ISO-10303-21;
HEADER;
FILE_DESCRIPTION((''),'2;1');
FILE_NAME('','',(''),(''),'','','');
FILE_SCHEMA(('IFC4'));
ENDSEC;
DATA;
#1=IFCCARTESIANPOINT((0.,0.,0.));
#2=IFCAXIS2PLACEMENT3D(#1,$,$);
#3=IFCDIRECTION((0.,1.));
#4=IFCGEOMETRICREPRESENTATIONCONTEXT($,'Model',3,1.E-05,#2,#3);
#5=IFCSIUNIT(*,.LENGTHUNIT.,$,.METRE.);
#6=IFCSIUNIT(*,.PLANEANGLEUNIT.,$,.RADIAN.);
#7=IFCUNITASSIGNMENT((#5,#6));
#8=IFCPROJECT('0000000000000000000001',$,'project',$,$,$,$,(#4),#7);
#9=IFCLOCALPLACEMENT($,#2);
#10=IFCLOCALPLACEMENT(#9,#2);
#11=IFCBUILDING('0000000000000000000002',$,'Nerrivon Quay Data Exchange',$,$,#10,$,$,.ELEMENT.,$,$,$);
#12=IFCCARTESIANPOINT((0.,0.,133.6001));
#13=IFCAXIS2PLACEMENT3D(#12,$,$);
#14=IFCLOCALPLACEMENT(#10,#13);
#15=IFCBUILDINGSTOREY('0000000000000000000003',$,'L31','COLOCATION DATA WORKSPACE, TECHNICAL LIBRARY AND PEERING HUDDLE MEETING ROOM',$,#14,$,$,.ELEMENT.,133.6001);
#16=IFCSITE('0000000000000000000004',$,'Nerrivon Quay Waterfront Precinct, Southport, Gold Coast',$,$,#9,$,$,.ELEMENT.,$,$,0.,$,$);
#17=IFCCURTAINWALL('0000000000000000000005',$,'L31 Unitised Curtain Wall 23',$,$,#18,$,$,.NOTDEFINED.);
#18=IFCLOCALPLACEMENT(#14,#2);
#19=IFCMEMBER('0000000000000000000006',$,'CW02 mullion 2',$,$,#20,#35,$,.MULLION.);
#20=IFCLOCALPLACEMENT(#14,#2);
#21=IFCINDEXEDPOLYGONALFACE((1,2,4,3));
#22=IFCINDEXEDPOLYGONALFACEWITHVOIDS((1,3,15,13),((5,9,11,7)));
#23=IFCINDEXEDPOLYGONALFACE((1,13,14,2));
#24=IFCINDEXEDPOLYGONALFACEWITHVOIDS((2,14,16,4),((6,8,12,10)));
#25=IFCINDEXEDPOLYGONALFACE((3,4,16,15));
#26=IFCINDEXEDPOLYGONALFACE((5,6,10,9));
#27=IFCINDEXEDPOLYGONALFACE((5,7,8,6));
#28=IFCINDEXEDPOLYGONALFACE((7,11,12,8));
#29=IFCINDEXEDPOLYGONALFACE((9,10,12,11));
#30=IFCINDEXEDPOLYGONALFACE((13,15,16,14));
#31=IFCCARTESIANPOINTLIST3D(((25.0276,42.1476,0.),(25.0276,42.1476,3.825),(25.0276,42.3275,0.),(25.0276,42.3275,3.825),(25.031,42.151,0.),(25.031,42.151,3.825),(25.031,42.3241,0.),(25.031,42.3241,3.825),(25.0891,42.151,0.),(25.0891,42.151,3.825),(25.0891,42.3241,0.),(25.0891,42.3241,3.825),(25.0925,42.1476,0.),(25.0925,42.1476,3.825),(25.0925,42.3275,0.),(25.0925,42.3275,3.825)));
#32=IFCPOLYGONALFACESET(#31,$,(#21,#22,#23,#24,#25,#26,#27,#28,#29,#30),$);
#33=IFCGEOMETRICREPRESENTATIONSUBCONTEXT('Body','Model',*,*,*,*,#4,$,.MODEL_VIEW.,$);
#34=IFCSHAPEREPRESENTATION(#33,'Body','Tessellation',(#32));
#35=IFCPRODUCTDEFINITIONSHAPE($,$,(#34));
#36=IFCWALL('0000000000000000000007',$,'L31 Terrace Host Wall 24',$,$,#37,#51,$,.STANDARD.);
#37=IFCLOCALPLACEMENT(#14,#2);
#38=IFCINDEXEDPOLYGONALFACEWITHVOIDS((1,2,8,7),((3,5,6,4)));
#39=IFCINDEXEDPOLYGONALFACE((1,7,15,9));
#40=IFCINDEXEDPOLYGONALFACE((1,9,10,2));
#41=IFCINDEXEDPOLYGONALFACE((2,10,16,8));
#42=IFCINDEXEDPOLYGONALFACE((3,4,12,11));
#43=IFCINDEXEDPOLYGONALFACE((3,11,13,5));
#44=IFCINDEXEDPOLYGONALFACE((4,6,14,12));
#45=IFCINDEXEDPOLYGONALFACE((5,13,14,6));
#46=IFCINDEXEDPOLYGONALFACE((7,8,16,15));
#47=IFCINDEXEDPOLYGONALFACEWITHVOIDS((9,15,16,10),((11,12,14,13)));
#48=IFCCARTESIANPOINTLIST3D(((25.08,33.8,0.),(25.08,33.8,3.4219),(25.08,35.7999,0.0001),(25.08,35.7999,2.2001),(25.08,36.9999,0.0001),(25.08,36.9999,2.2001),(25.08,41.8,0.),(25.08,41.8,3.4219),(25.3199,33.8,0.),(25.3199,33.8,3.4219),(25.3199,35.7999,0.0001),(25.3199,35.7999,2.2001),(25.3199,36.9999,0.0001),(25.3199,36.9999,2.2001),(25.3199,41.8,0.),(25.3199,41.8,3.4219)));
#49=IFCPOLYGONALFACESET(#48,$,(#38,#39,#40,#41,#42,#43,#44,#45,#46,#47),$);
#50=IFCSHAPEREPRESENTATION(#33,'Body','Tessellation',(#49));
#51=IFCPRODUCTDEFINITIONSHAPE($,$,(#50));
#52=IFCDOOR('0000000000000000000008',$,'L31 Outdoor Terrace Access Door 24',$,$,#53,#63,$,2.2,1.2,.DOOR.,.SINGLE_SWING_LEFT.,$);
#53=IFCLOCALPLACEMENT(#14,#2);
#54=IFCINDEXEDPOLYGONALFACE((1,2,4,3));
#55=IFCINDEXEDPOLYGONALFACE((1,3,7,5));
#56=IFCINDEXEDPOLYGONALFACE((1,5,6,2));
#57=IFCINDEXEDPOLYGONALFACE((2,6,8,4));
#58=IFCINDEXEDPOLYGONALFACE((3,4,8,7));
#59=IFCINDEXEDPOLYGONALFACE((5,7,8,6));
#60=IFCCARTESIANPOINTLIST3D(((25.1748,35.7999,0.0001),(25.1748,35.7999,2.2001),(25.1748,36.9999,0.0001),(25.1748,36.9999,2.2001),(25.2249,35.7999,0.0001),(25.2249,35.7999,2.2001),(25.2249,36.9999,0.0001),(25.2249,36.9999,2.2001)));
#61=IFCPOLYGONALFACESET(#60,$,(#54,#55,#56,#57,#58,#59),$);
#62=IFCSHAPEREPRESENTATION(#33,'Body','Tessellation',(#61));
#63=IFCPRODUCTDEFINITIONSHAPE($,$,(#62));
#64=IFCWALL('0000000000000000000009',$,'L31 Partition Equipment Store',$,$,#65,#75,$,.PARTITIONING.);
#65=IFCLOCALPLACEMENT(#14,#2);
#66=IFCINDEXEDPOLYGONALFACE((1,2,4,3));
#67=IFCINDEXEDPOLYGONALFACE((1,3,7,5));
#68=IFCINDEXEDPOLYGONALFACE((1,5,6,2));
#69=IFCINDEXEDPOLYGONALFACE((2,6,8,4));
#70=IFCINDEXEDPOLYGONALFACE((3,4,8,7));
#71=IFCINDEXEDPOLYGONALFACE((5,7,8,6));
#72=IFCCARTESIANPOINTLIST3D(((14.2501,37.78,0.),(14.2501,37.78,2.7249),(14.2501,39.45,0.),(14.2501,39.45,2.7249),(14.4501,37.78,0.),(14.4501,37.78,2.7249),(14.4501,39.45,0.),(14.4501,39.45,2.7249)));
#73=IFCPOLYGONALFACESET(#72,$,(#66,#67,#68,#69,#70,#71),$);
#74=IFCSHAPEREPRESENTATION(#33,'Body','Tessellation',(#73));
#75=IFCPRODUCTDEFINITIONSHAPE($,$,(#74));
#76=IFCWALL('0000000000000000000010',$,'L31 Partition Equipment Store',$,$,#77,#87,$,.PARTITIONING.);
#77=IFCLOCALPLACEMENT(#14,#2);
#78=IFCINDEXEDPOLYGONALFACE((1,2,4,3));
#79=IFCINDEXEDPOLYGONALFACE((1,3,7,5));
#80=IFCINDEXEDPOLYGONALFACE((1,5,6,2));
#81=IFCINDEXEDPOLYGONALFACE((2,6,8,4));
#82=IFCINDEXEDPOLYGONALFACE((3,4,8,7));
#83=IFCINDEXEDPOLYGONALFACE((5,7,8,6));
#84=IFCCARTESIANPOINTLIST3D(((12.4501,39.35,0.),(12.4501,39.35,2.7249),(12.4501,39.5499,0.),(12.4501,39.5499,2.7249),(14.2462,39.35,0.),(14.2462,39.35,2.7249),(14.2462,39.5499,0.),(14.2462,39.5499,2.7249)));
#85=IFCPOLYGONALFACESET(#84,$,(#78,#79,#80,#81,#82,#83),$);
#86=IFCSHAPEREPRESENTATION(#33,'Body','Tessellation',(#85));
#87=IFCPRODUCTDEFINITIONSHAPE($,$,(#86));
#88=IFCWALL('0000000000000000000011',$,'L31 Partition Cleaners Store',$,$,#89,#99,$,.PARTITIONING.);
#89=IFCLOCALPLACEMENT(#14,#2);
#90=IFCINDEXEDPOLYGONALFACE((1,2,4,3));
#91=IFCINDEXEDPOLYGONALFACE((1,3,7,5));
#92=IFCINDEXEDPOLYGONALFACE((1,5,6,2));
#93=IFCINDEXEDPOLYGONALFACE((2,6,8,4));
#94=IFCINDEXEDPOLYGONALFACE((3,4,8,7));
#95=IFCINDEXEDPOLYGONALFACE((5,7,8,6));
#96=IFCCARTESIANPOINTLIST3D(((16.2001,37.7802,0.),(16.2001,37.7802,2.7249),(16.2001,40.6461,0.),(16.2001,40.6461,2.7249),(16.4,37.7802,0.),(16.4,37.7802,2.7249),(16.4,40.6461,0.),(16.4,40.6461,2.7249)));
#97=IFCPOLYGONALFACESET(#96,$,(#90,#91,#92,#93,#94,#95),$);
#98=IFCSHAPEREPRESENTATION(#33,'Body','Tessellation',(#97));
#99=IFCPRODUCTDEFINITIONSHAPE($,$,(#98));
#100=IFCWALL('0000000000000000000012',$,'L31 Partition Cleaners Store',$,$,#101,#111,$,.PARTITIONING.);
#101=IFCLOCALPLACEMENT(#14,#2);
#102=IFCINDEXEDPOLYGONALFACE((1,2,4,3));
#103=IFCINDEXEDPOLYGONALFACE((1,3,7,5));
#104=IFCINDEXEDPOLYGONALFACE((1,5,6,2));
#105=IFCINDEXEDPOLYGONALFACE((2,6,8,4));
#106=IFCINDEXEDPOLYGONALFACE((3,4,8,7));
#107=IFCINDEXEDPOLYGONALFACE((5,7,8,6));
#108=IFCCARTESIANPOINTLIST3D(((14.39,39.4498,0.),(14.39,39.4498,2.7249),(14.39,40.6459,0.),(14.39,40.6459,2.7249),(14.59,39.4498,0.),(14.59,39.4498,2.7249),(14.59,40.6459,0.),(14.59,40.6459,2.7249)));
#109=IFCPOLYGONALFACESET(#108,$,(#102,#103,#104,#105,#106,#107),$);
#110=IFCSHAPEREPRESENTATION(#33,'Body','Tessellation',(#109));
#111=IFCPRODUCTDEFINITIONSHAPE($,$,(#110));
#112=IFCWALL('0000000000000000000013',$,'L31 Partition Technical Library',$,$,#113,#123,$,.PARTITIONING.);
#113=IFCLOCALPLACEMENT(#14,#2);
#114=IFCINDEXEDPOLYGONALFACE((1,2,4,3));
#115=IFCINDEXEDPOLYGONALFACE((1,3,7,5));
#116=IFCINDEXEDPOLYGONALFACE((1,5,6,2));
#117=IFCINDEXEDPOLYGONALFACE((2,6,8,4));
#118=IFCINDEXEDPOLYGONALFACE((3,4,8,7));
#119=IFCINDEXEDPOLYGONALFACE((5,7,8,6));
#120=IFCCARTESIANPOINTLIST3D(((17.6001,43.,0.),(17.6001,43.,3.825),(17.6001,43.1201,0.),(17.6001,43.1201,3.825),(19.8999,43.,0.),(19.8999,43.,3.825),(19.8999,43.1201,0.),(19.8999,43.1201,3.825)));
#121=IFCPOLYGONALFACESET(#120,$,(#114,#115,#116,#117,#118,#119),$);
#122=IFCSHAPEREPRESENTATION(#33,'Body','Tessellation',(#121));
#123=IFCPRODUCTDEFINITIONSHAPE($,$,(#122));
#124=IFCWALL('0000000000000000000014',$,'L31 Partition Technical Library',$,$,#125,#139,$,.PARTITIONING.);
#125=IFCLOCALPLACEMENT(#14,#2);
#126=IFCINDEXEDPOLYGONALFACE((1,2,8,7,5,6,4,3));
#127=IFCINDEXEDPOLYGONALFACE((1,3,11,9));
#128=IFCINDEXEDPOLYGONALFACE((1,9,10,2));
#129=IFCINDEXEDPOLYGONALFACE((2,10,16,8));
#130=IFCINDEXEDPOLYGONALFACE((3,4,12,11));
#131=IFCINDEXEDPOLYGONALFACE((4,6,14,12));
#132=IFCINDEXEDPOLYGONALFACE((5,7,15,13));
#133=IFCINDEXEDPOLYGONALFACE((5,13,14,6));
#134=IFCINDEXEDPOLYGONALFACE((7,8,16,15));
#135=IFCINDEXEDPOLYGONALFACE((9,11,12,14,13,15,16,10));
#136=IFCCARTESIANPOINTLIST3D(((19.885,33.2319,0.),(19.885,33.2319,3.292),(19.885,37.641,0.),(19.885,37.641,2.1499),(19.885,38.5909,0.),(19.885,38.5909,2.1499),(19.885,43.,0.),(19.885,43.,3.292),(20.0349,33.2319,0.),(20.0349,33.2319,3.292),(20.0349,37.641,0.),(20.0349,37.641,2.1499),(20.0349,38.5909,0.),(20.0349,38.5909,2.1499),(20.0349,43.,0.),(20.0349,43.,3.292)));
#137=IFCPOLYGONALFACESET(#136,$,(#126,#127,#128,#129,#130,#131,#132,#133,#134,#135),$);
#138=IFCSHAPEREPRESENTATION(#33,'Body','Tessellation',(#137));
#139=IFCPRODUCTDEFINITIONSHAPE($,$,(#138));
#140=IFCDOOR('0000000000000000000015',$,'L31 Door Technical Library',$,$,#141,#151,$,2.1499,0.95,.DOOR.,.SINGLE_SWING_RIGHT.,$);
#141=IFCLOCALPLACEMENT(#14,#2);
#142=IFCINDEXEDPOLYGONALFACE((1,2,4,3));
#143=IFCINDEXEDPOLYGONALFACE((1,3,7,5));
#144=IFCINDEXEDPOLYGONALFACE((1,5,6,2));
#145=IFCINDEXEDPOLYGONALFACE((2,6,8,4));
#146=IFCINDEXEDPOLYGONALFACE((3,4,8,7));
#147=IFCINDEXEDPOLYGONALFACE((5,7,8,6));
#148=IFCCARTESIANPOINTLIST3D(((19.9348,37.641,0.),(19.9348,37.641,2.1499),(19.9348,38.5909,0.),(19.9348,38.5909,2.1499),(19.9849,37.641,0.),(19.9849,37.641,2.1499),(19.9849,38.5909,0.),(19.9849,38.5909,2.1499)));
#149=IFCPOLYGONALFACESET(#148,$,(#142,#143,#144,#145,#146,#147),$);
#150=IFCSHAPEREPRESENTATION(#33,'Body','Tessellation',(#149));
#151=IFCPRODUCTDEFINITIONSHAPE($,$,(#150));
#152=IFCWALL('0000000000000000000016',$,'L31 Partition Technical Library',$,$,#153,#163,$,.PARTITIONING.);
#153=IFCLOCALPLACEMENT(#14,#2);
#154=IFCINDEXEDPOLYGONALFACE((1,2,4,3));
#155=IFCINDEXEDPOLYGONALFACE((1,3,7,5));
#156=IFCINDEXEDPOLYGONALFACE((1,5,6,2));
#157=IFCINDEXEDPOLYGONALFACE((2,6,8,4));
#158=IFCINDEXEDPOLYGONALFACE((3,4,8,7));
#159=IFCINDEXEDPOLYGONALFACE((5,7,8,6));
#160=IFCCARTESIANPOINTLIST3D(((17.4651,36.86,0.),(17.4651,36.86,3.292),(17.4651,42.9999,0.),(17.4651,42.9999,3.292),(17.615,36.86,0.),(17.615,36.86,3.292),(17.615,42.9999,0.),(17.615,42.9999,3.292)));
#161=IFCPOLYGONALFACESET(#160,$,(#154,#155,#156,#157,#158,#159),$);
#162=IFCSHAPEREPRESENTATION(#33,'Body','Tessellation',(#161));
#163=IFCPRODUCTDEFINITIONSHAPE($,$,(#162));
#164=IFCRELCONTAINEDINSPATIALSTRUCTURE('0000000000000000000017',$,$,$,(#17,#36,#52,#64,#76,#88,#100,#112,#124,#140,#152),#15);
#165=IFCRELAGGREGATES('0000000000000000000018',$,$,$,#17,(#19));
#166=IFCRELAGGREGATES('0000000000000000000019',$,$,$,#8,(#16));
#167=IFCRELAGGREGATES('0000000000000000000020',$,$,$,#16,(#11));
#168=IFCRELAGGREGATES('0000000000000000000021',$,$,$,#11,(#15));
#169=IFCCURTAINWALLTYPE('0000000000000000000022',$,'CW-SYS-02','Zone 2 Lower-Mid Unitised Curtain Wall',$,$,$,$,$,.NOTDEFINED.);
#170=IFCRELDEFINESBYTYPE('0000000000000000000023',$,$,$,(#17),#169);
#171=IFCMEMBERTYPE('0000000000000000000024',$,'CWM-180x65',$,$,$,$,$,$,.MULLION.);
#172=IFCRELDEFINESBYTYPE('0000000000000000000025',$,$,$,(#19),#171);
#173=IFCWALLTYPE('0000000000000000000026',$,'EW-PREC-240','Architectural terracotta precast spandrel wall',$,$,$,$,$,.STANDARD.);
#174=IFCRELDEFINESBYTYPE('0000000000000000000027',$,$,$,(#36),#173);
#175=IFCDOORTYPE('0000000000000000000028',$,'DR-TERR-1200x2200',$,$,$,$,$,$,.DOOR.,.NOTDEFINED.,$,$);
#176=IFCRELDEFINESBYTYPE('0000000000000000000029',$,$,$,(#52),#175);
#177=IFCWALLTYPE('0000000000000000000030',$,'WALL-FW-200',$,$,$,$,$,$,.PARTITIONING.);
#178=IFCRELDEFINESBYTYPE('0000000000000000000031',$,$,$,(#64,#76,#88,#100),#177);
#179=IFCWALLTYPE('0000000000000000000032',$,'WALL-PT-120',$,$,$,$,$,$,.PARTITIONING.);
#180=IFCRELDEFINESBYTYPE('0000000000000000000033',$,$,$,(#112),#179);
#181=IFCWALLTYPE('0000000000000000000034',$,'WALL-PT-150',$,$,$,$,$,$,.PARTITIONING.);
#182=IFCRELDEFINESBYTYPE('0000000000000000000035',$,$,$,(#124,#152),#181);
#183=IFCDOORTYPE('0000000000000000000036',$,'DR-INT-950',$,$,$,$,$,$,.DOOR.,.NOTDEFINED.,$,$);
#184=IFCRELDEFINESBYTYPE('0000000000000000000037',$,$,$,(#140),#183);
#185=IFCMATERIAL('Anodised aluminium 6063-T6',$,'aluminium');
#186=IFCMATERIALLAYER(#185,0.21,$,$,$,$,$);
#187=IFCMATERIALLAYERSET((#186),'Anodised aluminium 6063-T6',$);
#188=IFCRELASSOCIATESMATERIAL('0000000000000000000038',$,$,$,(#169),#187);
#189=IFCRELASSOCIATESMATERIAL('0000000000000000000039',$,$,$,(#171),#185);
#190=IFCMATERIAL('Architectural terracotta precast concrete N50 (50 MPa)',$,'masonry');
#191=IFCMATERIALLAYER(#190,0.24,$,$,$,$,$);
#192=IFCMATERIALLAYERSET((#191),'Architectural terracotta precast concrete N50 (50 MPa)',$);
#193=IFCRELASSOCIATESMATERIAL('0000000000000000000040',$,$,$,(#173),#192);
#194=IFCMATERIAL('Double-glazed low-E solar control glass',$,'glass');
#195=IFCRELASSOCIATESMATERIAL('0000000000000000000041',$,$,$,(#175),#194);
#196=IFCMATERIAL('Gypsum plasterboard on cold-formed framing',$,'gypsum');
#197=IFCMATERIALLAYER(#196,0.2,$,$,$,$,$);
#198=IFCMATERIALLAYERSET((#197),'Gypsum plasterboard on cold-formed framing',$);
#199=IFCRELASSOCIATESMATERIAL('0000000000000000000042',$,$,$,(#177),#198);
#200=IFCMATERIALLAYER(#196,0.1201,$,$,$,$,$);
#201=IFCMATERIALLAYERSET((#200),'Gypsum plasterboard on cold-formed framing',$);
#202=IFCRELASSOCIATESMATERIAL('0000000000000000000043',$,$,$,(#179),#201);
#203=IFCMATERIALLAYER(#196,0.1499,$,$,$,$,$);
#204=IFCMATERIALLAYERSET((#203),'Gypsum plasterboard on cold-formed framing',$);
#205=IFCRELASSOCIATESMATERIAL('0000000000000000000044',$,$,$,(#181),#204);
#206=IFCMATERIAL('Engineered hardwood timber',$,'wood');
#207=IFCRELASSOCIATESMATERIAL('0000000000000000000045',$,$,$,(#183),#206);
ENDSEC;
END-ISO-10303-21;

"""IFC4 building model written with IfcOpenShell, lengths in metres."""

from ifc_helpers import new_model, si_unit, direction, frame, frame_2d, origin, origin_2d, place, context, subcontext, project, spatial, rectangle, hollow_rectangle, extrude, material, layer, layer_set, material_profile, profile_set, type_object, element, fill, aggregate, save


model = new_model("IFC4")

# Units and contexts
model_context = context("Model", 3, precision=1e-05, world=origin(), true_north=direction((0.0, 1.0)))
body_context = subcontext(model_context, "Body", "Model", "MODEL_VIEW")
ifc_project = project(units=[si_unit("LENGTHUNIT", "METRE"), si_unit("PLANEANGLEUNIT", "RADIAN")], contexts=[model_context])

# Site, building, storey
site_placement = place(None, origin())
site = spatial("IfcSite", under=ifc_project, at=site_placement, Name="Nerrivon Quay Waterfront Precinct, Southport, Gold Coast", CompositionType="ELEMENT", RefElevation=0.0)
building_placement = place(site_placement, origin())
building = spatial("IfcBuilding", under=site, at=building_placement, Name="Nerrivon Quay Data Exchange", CompositionType="ELEMENT")
storey_placement = place(building_placement, frame((0.0, 0.0, 133.6001)))
storey = spatial("IfcBuildingStorey", under=building, at=storey_placement, Name="L31", Description="COLOCATION DATA WORKSPACE, TECHNICAL LIBRARY AND PEERING HUDDLE MEETING ROOM", CompositionType="ELEMENT", Elevation=133.6001)

# Curtain wall, member
ifc_material_1 = material(Name="Anodised aluminium 6063-T6", Category="aluminium")
ifc_layer_1 = layer(ifc_material_1, 0.21)
ifc_layer_set_1 = layer_set([ifc_layer_1], Name="Anodised aluminium 6063-T6")
curtain_wall_type = type_object("IfcCurtainWallType", Name="CW-SYS-02", Description="Zone 2 Lower-Mid Unitised Curtain Wall", PredefinedType="NOTDEFINED", material=ifc_layer_set_1)
curtain_wall_placement = place(storey_placement, origin())
curtain_wall = element("IfcCurtainWall", 1, at=curtain_wall_placement, inside=storey, type_object=curtain_wall_type, Name="L31 Unitised Curtain Wall 23", PredefinedType="NOTDEFINED")
ifc_material_profile_1 = material_profile(ifc_material_1, hollow_rectangle(XDim=0.0649, YDim=0.1799, WallThickness=0.0034, at=origin_2d()), Name="ALU-MULL-180x65")
ifc_profile_set_1 = profile_set([ifc_material_profile_1], Name="Anodised aluminium 6063-T6")
member_type = type_object("IfcMemberType", Name="CWM-180x65", PredefinedType="MULLION", material=ifc_profile_set_1)
member_placement = place(storey_placement, frame((25.0601, 42.2375, 0.0), z_axis=(0.0, 0.0, 1.0), x_axis=(1.0, 0.0, 0.0)))
member = element("IfcMember", 2, at=member_placement, type_object=member_type, Name="CW02 mullion 2", PredefinedType="MULLION", context=body_context, shape_type="SweptSolid", body=[
    extrude(hollow_rectangle(XDim=0.0649, YDim=0.1799, WallThickness=0.0034, at=origin_2d()), origin(), (0.0, 0.0, 1.0), 3.825),
])
aggregate(curtain_wall, [member])

# Wall, opening, door
ifc_material_2 = material(Name="Architectural terracotta precast concrete N50 (50 MPa)", Category="masonry")
ifc_layer_2 = layer(ifc_material_2, 0.24)
ifc_layer_set_2 = layer_set([ifc_layer_2], Name="Architectural terracotta precast concrete N50 (50 MPa)")
wall_type_1 = type_object("IfcWallType", Name="EW-PREC-240", Description="Architectural terracotta precast spandrel wall", PredefinedType="STANDARD", material=ifc_layer_set_2)
wall_1_placement = place(storey_placement, frame((25.2, 41.8, 0.0), z_axis=(0.0, 0.0, 1.0), x_axis=(0.0, -1.0, 0.0)))
wall_1 = element("IfcWall", 3, at=wall_1_placement, inside=storey, type_object=wall_type_1, Name="L31 Terrace Host Wall 24", PredefinedType="STANDARD", context=body_context, shape_type="SweptSolid", body=[
    extrude(rectangle(XDim=8.0, YDim=0.24, at=frame_2d((4.0, 0.0))), origin(), (0.0, 0.0, 1.0), 3.4219),
])
opening_1_placement = place(wall_1_placement, frame((4.8, 0.0, 0.0)))
opening_1 = element("IfcOpeningElement", 4, at=opening_1_placement, cuts=wall_1, PredefinedType="OPENING", context=body_context, shape_type="SweptSolid", body=[
    extrude(rectangle(XDim=1.2, YDim=2.2, at=frame_2d((0.6001, 1.1001))), frame((0.0, 0.1299, 0.0), z_axis=(0.0, -1.0, 0.0), x_axis=(1.0, 0.0, 0.0)), (0.0, 0.0, 1.0), 0.26),
])
ifc_material_3 = material(Name="Double-glazed low-E solar control glass", Category="glass")
door_type_1 = type_object("IfcDoorType", Name="DR-TERR-1200x2200", OperationType="NOTDEFINED", PredefinedType="DOOR", material=ifc_material_3)
door_1_placement = place(opening_1_placement, origin())
door_1 = element("IfcDoor", 5, at=door_1_placement, inside=storey, type_object=door_type_1, Name="L31 Outdoor Terrace Access Door 24", OperationType="SINGLE_SWING_LEFT", OverallHeight=2.2, OverallWidth=1.2, PredefinedType="DOOR", context=body_context, shape_type="SweptSolid", body=[
    extrude(rectangle(XDim=1.2, YDim=2.2, at=frame_2d((0.6001, 1.1001))), frame((0.0, 0.0249, 0.0), z_axis=(0.0, -1.0, 0.0), x_axis=(1.0, 0.0, 0.0)), (0.0, 0.0, 1.0), 0.05),
])
fill(opening_1, door_1)

# Walls
ifc_material_4 = material(Name="Gypsum plasterboard on cold-formed framing", Category="gypsum")
ifc_layer_3 = layer(ifc_material_4, 0.2)
ifc_layer_set_3 = layer_set([ifc_layer_3], Name="Gypsum plasterboard on cold-formed framing")
wall_type_2 = type_object("IfcWallType", Name="WALL-FW-200", PredefinedType="PARTITIONING", material=ifc_layer_set_3)
wall_2_placement = place(storey_placement, frame((14.3501, 37.78, 0.0), z_axis=(0.0, 0.0, 1.0), x_axis=(0.0, 1.0, 0.0)))
element("IfcWall", 6, at=wall_2_placement, inside=storey, type_object=wall_type_2, Name="L31 Partition Equipment Store", PredefinedType="PARTITIONING", context=body_context, shape_type="SweptSolid", body=[
    extrude(rectangle(XDim=1.6699, YDim=0.2, at=frame_2d((0.835, 0.0))), origin(), (0.0, 0.0, 1.0), 2.7249),
])
wall_3_placement = place(storey_placement, frame((14.2461, 39.45, 0.0), z_axis=(0.0, 0.0, 1.0), x_axis=(-1.0, 0.0, 0.0)))
element("IfcWall", 7, at=wall_3_placement, inside=storey, type_object=wall_type_2, Name="L31 Partition Equipment Store", PredefinedType="PARTITIONING", context=body_context, shape_type="SweptSolid", body=[
    extrude(rectangle(XDim=1.7961, YDim=0.2, at=frame_2d((0.8979, 0.0))), origin(), (0.0, 0.0, 1.0), 2.7249),
])
wall_4_placement = place(storey_placement, frame((16.3, 37.78, 0.0), z_axis=(0.0, 0.0, 1.0), x_axis=(0.0, 1.0, 0.0)))
element("IfcWall", 8, at=wall_4_placement, inside=storey, type_object=wall_type_2, Name="L31 Partition Cleaners Store", PredefinedType="PARTITIONING", context=body_context, shape_type="SweptSolid", body=[
    extrude(rectangle(XDim=2.866, YDim=0.2, at=frame_2d((1.4331, 0.0))), origin(), (0.0, 0.0, 1.0), 2.7249),
])
wall_5_placement = place(storey_placement, frame((14.49, 40.646, 0.0), z_axis=(0.0, 0.0, 1.0), x_axis=(0.0, -1.0, 0.0)))
element("IfcWall", 9, at=wall_5_placement, inside=storey, type_object=wall_type_2, Name="L31 Partition Cleaners Store", PredefinedType="PARTITIONING", context=body_context, shape_type="SweptSolid", body=[
    extrude(rectangle(XDim=1.196, YDim=0.2, at=frame_2d((0.5981, 0.0))), origin(), (0.0, 0.0, 1.0), 2.7249),
])
ifc_layer_4 = layer(ifc_material_4, 0.1201)
ifc_layer_set_4 = layer_set([ifc_layer_4], Name="Gypsum plasterboard on cold-formed framing")
wall_type_3 = type_object("IfcWallType", Name="WALL-PT-120", PredefinedType="PARTITIONING", material=ifc_layer_set_4)
wall_6_placement = place(storey_placement, frame((17.6001, 43.0601, 0.0), z_axis=(0.0, 0.0, 1.0), x_axis=(1.0, 0.0, 0.0)))
element("IfcWall", 10, at=wall_6_placement, inside=storey, type_object=wall_type_3, Name="L31 Partition Technical Library", PredefinedType="PARTITIONING", context=body_context, shape_type="SweptSolid", body=[
    extrude(rectangle(XDim=2.2998, YDim=0.1201, at=frame_2d((1.1499, 0.0))), origin(), (0.0, 0.0, 1.0), 3.825),
])

# Wall, opening, door
ifc_layer_5 = layer(ifc_material_4, 0.1499)
ifc_layer_set_5 = layer_set([ifc_layer_5], Name="Gypsum plasterboard on cold-formed framing")
wall_type_4 = type_object("IfcWallType", Name="WALL-PT-150", PredefinedType="PARTITIONING", material=ifc_layer_set_5)
wall_7_placement = place(storey_placement, frame((19.96, 43.0, 0.0), z_axis=(0.0, 0.0, 1.0), x_axis=(0.0, -1.0, 0.0)))
wall_7 = element("IfcWall", 11, at=wall_7_placement, inside=storey, type_object=wall_type_4, Name="L31 Partition Technical Library", PredefinedType="PARTITIONING", context=body_context, shape_type="SweptSolid", body=[
    extrude(rectangle(XDim=9.7681, YDim=0.1499, at=frame_2d((4.884, 0.0))), origin(), (0.0, 0.0, 1.0), 3.292),
])
opening_2_placement = place(wall_7_placement, frame((4.4089, 0.0, 0.0)))
opening_2 = element("IfcOpeningElement", 12, at=opening_2_placement, cuts=wall_7, PredefinedType="OPENING", context=body_context, shape_type="SweptSolid", body=[
    extrude(rectangle(XDim=0.95, YDim=2.1499, at=frame_2d((0.4751, 1.075))), frame((0.0, 0.085, 0.0), z_axis=(0.0, -1.0, 0.0), x_axis=(1.0, 0.0, 0.0)), (0.0, 0.0, 1.0), 0.1699),
])
ifc_material_5 = material(Name="Engineered hardwood timber", Category="wood")
door_type_2 = type_object("IfcDoorType", Name="DR-INT-950", OperationType="NOTDEFINED", PredefinedType="DOOR", material=ifc_material_5)
door_2_placement = place(opening_2_placement, origin())
door_2 = element("IfcDoor", 13, at=door_2_placement, inside=storey, type_object=door_type_2, Name="L31 Door Technical Library", OperationType="SINGLE_SWING_RIGHT", OverallHeight=2.1499, OverallWidth=0.95, PredefinedType="DOOR", context=body_context, shape_type="SweptSolid", body=[
    extrude(rectangle(XDim=0.95, YDim=2.1499, at=frame_2d((0.4751, 1.075))), frame((0.0, 0.0249, 0.0), z_axis=(0.0, -1.0, 0.0), x_axis=(1.0, 0.0, 0.0)), (0.0, 0.0, 1.0), 0.05),
])
fill(opening_2, door_2)

# Wall
wall_8_placement = place(storey_placement, frame((17.54, 36.8601, 0.0), z_axis=(0.0, 0.0, 1.0), x_axis=(0.0, 1.0, 0.0)))
element("IfcWall", 14, at=wall_8_placement, inside=storey, type_object=wall_type_4, Name="L31 Partition Technical Library", PredefinedType="PARTITIONING", context=body_context, shape_type="SweptSolid", body=[
    extrude(rectangle(XDim=6.1399, YDim=0.1499, at=frame_2d((3.0698, 0.0))), origin(), (0.0, 0.0, 1.0), 3.292),
])

save(model, "model.ifc")
